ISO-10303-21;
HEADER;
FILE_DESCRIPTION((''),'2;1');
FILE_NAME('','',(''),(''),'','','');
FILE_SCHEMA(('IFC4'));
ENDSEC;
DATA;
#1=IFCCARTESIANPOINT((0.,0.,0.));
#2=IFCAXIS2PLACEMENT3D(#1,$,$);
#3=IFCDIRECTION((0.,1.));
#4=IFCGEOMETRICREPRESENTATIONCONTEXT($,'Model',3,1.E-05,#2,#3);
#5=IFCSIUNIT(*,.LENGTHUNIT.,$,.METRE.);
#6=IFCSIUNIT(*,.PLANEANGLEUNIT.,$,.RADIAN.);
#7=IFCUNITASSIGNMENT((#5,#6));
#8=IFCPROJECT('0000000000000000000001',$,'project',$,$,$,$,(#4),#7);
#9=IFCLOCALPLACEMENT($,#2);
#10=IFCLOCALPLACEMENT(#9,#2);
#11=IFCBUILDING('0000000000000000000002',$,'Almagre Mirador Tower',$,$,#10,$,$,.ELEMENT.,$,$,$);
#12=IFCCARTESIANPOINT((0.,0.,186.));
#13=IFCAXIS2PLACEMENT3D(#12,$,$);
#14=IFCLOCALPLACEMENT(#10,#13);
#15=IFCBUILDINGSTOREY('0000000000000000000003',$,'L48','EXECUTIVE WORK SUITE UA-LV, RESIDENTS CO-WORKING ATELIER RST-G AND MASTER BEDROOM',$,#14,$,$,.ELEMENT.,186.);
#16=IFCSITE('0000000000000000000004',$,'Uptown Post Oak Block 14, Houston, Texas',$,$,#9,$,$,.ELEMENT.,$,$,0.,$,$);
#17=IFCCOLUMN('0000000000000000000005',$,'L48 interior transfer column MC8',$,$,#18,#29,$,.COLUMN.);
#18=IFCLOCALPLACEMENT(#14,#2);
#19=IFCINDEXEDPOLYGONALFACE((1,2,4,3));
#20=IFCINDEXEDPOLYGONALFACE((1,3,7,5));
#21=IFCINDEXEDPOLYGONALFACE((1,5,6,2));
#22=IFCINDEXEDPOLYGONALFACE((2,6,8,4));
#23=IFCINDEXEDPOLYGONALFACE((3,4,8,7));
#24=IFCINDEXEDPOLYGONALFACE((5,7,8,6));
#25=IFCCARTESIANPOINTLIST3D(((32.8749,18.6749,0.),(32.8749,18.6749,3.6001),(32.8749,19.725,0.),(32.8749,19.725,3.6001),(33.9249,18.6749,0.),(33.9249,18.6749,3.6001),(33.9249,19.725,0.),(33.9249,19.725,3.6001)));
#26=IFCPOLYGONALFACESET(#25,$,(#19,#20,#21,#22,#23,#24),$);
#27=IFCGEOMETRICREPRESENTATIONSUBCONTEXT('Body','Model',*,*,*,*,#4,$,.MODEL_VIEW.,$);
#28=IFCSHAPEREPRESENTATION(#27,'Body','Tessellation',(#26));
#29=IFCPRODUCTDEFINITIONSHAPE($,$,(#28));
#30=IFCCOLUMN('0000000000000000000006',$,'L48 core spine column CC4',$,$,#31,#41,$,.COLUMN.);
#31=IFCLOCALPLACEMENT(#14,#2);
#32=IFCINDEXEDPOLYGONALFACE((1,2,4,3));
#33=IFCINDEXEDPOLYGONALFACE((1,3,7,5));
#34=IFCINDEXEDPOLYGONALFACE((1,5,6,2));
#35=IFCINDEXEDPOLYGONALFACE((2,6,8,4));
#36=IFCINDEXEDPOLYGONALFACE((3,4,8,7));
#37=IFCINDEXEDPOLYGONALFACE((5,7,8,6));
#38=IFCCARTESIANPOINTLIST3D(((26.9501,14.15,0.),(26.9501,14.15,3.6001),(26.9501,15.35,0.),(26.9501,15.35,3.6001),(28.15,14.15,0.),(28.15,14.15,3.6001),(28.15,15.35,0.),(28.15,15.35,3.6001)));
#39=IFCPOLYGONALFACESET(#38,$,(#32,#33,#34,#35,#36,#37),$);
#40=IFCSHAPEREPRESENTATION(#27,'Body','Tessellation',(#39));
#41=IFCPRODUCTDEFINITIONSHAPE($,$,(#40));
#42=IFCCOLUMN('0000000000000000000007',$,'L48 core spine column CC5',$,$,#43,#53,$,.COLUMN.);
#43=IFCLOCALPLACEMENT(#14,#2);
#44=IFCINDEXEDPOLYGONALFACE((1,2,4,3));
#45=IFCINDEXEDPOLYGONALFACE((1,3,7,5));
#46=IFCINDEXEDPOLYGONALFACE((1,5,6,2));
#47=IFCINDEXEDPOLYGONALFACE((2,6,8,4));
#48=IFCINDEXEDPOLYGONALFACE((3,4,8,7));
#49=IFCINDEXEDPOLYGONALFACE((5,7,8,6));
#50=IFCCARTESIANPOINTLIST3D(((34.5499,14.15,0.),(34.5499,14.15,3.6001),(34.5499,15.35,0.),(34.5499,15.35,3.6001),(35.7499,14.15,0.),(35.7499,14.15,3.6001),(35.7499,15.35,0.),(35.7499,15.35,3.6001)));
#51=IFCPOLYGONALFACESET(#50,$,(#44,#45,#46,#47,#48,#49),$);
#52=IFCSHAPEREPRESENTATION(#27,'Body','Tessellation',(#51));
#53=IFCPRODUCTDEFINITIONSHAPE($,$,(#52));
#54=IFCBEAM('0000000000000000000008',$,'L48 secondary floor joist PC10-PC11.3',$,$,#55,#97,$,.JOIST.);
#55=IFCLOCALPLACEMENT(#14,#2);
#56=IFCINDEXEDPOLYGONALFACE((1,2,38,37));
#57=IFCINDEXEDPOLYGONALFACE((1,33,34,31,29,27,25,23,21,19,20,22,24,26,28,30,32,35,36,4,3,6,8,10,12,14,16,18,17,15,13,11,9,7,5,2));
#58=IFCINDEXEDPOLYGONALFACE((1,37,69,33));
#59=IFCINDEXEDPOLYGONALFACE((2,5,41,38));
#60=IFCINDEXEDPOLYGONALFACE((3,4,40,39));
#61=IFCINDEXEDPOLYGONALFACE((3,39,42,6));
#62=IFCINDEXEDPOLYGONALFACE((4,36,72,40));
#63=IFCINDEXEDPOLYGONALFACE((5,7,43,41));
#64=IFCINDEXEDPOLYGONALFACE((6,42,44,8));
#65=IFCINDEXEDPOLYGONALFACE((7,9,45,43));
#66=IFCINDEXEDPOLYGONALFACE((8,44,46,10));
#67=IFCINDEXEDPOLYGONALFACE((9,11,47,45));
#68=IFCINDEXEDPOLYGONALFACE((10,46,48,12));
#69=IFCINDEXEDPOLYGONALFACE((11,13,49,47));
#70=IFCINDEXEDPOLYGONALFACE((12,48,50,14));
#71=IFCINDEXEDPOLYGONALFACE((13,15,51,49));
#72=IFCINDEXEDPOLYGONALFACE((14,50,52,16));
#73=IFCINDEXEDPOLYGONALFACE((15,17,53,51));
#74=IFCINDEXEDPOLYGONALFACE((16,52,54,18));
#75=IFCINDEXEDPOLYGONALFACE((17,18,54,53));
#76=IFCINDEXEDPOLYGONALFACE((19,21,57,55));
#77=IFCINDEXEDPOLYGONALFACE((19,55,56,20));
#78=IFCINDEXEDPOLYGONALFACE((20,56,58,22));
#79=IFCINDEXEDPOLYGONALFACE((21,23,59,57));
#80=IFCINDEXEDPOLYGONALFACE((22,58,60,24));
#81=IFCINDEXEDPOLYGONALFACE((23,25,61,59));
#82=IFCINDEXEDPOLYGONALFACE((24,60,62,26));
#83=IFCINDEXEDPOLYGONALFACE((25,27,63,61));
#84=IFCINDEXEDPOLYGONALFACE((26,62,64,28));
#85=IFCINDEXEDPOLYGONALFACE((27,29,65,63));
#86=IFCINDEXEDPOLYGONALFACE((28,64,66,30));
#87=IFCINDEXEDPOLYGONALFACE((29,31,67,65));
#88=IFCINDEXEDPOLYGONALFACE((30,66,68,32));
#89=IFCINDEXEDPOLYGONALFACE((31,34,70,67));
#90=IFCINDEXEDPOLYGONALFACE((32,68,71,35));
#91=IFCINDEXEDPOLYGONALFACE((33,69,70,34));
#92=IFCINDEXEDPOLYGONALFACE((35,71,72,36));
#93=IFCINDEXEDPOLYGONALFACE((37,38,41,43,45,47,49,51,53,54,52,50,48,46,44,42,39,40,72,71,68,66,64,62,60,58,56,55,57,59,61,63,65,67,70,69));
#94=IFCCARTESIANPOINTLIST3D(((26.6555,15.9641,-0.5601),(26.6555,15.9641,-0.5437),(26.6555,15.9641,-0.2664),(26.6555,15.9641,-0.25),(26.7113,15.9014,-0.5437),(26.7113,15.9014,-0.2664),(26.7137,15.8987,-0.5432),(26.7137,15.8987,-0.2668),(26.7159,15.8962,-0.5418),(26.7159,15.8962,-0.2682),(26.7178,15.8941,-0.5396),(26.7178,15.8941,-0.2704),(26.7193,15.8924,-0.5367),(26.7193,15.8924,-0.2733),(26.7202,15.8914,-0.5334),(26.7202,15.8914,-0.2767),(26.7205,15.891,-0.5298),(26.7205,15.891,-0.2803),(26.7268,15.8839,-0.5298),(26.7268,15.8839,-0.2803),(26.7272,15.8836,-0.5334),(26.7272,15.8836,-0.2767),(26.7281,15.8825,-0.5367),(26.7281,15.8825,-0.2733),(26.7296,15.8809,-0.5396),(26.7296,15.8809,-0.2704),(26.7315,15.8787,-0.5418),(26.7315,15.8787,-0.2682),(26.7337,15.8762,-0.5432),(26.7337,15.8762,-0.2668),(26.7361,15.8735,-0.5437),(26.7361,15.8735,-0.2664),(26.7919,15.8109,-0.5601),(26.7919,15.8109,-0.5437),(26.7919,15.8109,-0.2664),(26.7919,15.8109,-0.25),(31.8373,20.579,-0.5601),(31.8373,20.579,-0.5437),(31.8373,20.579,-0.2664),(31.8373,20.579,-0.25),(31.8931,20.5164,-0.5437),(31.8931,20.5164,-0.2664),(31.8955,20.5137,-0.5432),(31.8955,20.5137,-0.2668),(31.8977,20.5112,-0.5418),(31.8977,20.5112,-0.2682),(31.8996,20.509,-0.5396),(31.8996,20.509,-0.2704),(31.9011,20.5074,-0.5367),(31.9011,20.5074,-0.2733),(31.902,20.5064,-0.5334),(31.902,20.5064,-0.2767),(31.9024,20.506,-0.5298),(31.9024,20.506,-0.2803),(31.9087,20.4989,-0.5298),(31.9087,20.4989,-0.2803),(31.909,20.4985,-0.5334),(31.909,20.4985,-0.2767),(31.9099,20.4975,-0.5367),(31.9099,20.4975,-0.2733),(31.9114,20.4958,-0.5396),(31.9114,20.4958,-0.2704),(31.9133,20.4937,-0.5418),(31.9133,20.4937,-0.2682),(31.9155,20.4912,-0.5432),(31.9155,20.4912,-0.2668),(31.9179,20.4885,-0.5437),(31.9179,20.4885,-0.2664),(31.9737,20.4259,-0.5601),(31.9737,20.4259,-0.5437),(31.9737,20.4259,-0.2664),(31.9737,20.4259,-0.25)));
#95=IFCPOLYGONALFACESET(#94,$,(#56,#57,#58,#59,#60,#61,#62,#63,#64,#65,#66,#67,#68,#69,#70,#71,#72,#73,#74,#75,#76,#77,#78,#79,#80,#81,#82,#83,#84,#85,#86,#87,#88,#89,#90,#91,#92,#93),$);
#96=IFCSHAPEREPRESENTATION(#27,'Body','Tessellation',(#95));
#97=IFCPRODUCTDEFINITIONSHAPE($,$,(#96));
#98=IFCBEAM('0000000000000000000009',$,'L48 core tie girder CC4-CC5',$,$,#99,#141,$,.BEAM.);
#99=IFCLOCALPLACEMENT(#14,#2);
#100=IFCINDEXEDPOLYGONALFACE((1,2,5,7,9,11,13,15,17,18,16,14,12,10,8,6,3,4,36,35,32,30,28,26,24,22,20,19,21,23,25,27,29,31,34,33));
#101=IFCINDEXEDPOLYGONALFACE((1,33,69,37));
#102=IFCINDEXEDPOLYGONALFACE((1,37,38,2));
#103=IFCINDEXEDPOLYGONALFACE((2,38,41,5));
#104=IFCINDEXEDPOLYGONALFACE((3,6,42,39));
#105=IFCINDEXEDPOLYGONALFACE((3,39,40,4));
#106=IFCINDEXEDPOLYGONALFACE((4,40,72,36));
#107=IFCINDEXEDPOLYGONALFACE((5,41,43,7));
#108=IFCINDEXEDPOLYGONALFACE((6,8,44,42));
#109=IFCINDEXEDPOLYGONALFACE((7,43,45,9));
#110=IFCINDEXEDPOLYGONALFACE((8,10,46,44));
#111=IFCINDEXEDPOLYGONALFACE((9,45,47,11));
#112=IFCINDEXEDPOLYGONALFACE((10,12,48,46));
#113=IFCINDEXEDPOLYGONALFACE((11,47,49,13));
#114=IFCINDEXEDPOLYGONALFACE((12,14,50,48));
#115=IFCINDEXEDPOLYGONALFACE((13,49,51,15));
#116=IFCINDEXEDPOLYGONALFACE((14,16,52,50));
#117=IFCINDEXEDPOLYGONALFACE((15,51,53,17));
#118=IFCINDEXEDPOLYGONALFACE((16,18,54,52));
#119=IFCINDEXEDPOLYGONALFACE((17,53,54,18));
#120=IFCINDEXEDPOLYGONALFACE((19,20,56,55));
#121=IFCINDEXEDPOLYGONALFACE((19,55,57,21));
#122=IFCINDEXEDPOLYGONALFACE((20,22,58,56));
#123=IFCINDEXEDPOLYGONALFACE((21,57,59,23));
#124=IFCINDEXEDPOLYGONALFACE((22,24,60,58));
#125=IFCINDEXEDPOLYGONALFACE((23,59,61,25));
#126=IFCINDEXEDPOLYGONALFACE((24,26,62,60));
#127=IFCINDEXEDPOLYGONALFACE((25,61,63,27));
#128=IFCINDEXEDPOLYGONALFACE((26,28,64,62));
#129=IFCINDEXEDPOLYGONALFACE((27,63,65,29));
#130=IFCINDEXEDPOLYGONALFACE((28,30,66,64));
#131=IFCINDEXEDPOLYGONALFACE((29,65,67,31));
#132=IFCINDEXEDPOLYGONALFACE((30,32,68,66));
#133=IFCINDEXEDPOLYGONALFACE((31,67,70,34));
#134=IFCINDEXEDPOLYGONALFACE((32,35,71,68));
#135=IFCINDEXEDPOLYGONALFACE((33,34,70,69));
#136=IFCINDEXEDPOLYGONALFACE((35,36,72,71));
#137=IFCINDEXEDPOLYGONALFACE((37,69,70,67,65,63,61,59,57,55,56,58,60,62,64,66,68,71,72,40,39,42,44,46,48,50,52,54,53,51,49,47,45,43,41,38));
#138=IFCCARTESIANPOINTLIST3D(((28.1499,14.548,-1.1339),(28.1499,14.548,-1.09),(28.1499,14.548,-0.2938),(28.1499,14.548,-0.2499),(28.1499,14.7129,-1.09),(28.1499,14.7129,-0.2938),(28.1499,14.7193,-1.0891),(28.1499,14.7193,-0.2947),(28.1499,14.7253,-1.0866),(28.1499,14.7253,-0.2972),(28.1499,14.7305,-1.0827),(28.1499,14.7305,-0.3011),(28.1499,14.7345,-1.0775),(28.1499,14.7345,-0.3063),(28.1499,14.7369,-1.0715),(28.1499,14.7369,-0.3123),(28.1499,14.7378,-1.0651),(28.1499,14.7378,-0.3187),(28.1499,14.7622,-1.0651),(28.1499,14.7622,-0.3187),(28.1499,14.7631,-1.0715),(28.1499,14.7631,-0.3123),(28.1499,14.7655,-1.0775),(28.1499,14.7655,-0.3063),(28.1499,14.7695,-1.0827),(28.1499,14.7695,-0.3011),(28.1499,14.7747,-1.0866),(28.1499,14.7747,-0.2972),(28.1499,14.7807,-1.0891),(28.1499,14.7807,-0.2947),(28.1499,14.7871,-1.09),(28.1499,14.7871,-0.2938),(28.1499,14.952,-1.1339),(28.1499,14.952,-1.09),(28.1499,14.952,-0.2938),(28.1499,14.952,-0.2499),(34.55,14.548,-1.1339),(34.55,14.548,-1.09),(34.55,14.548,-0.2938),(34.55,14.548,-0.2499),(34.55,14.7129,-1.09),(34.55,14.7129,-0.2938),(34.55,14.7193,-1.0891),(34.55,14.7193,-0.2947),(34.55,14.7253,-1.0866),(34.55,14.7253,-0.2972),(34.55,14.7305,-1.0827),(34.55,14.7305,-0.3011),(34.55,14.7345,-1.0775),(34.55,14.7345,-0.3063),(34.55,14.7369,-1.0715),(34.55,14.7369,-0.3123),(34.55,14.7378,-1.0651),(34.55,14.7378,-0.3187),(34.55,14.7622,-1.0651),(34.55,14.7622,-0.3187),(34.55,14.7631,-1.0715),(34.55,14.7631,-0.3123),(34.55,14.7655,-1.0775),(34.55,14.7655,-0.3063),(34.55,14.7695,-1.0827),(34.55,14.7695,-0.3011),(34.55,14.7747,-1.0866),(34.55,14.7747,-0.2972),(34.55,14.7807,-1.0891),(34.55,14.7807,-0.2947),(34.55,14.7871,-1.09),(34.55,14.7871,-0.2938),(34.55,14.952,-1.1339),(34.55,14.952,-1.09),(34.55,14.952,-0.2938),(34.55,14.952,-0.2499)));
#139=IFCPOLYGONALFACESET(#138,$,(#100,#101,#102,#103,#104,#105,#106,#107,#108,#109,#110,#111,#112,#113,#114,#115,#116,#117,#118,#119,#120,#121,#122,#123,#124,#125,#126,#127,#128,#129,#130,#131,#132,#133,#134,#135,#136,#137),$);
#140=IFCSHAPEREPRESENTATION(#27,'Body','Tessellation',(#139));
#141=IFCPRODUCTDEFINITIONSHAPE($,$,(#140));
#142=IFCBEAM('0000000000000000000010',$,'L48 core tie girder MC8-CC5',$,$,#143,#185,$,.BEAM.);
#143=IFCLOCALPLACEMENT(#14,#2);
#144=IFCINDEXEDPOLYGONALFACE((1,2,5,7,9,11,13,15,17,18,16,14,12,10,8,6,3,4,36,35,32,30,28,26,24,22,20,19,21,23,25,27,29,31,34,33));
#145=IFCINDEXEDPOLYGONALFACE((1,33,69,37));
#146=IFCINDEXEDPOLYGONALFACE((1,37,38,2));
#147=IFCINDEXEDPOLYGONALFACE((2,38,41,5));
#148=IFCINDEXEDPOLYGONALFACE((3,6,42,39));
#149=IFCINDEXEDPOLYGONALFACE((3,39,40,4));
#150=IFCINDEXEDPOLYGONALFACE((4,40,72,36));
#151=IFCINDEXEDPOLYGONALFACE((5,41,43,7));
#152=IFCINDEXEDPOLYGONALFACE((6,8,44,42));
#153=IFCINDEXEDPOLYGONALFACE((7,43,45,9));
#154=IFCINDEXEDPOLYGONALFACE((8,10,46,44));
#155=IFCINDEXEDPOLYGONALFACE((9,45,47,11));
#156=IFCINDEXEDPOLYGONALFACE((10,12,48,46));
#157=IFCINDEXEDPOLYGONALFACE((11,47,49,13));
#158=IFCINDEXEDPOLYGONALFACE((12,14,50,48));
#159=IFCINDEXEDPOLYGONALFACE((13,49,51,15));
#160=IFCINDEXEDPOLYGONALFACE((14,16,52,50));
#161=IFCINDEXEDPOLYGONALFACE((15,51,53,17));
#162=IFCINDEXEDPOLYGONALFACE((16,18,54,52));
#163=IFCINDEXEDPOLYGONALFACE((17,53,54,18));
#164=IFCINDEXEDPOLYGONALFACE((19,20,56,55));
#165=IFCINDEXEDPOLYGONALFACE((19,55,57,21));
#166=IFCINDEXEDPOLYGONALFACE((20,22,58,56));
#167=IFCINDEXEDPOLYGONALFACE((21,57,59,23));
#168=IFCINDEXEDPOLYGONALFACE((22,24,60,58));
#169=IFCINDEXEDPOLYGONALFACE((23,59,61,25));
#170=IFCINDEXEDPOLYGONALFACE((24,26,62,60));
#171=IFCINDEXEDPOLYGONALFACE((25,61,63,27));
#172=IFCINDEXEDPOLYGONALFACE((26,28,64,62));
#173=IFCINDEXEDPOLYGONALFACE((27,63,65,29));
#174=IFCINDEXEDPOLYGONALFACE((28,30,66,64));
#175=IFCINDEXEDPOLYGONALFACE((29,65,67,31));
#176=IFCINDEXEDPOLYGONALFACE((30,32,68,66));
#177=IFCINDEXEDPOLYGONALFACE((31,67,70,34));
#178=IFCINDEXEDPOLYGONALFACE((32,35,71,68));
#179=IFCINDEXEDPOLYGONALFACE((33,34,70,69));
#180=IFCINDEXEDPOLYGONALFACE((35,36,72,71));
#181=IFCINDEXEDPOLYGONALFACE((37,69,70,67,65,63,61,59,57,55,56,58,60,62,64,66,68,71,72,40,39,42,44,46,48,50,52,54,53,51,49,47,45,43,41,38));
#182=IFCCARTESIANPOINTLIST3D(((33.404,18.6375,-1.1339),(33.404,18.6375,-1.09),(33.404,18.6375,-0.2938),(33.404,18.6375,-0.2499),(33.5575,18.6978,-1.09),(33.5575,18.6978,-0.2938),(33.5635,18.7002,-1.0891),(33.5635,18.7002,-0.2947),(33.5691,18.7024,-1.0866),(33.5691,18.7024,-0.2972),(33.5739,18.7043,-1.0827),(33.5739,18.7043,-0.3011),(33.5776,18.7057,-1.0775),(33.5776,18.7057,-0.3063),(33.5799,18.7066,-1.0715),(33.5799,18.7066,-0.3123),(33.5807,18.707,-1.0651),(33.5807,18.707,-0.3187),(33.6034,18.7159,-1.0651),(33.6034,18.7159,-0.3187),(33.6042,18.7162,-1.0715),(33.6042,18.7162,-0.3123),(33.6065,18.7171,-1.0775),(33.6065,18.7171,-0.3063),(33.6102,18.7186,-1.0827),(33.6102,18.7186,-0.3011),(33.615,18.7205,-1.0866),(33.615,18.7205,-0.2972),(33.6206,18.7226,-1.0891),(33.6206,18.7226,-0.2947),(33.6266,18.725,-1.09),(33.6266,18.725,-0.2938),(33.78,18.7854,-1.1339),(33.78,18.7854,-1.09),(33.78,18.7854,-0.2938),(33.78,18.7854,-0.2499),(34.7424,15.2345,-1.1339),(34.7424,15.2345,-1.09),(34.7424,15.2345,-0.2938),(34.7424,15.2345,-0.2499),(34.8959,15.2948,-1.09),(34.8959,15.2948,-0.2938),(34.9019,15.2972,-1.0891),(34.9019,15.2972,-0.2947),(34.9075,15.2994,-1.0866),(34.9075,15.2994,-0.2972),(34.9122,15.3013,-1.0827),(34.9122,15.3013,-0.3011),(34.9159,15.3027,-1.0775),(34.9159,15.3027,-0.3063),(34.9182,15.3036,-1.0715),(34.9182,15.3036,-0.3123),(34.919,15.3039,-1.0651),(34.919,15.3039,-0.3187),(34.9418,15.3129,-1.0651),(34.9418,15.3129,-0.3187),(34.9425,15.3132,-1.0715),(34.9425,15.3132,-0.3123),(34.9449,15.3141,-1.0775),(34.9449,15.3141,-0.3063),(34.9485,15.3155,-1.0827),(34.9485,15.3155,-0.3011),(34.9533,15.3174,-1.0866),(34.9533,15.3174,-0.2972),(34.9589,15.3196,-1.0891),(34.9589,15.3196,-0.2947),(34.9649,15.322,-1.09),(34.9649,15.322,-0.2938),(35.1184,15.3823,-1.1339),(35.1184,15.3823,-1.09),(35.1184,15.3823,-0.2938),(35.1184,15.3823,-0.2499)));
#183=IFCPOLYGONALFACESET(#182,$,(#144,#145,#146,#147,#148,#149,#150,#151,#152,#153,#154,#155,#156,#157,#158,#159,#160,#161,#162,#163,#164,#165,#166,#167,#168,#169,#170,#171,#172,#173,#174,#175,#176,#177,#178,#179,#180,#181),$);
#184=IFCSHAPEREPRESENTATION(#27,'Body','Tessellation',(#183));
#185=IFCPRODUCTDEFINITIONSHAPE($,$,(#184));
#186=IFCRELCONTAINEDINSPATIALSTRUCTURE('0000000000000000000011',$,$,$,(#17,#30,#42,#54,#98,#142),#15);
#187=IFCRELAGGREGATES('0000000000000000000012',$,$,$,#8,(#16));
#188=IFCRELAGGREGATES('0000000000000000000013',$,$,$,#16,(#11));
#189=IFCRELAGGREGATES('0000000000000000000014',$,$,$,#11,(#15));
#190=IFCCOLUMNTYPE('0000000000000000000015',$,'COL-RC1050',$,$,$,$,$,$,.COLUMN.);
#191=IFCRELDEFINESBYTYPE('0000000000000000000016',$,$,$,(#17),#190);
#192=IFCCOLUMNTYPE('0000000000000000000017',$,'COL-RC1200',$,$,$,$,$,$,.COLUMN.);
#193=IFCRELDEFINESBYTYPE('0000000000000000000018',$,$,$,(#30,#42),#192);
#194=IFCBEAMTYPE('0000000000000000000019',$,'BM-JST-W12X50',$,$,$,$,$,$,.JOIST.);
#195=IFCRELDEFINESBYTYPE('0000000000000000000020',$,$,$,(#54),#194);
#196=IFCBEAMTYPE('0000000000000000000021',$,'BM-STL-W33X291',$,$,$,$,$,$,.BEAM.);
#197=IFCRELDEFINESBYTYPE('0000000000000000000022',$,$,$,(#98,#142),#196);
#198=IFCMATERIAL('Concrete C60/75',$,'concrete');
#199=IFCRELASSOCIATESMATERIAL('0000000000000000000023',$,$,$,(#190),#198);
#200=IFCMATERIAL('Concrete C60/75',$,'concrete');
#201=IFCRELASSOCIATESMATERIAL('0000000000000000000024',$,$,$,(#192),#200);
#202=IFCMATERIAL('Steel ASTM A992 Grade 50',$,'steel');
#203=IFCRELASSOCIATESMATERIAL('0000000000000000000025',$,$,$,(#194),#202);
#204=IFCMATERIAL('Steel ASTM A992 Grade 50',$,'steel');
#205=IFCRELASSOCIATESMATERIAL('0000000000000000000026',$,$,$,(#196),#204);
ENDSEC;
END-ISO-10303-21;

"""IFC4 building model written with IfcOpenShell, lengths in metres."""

from ifc_helpers import new_model, si_unit, direction, frame, origin, origin_2d, place, context, subcontext, project, spatial, rectangle, i_section, extrude, material, material_profile, profile_set, type_object, element, save


model = new_model("IFC4")

# Units and contexts
model_context = context("Model", 3, precision=1e-05, world=origin(), true_north=direction((0.0, 1.0)))
body_context = subcontext(model_context, "Body", "Model", "MODEL_VIEW")
ifc_project = project(units=[si_unit("LENGTHUNIT", "METRE"), si_unit("PLANEANGLEUNIT", "RADIAN")], contexts=[model_context])

# Site, building, storey
site_placement = place(None, origin())
site = spatial("IfcSite", under=ifc_project, at=site_placement, Name="Uptown Post Oak Block 14, Houston, Texas", CompositionType="ELEMENT", RefElevation=0.0)
building_placement = place(site_placement, origin())
building = spatial("IfcBuilding", under=site, at=building_placement, Name="Almagre Mirador Tower", CompositionType="ELEMENT")
storey_placement = place(building_placement, frame((0.0, 0.0, 186.0)))
storey = spatial("IfcBuildingStorey", under=building, at=storey_placement, Name="L48", Description="EXECUTIVE WORK SUITE UA-LV, RESIDENTS CO-WORKING ATELIER RST-G AND MASTER BEDROOM", CompositionType="ELEMENT", Elevation=186.0)

# Columns
ifc_material_1 = material(Name="Concrete C60/75", Category="concrete")
ifc_material_profile_1 = material_profile(ifc_material_1, rectangle(XDim=1.05, YDim=1.05, at=origin_2d()), Name="RC1050X1050")
ifc_profile_set_1 = profile_set([ifc_material_profile_1], Name="Concrete C60/75")
column_type_1 = type_object("IfcColumnType", Name="COL-RC1050", PredefinedType="COLUMN", material=ifc_profile_set_1)
column_placement = place(storey_placement, frame((33.3999, 19.2, 0.0), z_axis=(0.0, 0.0, 1.0), x_axis=(1.0, 0.0, 0.0)))
element("IfcColumn", 1, at=column_placement, inside=storey, type_object=column_type_1, Name="L48 interior transfer column MC8", PredefinedType="COLUMN", context=body_context, shape_type="SweptSolid", body=[
    extrude(rectangle(XDim=1.05, YDim=1.05, at=origin_2d()), origin(), (0.0, 0.0, 1.0), 3.6001),
])
ifc_material_2 = material(Name="Concrete C60/75", Category="concrete")
ifc_material_profile_2 = material_profile(ifc_material_2, rectangle(XDim=1.2, YDim=1.2, at=origin_2d()), Name="RC1200X1200")
ifc_profile_set_2 = profile_set([ifc_material_profile_2], Name="Concrete C60/75")
column_type_2 = type_object("IfcColumnType", Name="COL-RC1200", PredefinedType="COLUMN", material=ifc_profile_set_2)
for number, where, z_axis, x_axis, name in (
    (2, (27.55, 14.75, 0.0), (0.0, 0.0, 1.0), (1.0, 0.0, 0.0), "L48 core spine column CC4"),
    (3, (35.1499, 14.75, 0.0), (0.0, 0.0, 1.0), (1.0, 0.0, 0.0), "L48 core spine column CC5"),
):
    element("IfcColumn", number, at=place(storey_placement, frame(where, z_axis=z_axis, x_axis=x_axis)), inside=storey, type_object=column_type_2, Name=name, PredefinedType="COLUMN", context=body_context, shape_type="SweptSolid", body=[
        extrude(rectangle(XDim=1.2, YDim=1.2, at=origin_2d()), origin(), (0.0, 0.0, 1.0), 3.6001),
    ])

# Beams
ifc_material_3 = material(Name="Steel ASTM A992 Grade 50", Category="steel")
ifc_material_profile_3 = material_profile(ifc_material_3, i_section(OverallWidth=0.2051, OverallDepth=0.3101, WebThickness=0.0095, FlangeThickness=0.0164, FilletRadius=0.0139, at=origin_2d()), Name="W12X50")
ifc_profile_set_3 = profile_set([ifc_material_profile_3], Name="Steel ASTM A992 Grade 50")
beam_type_1 = type_object("IfcBeamType", Name="BM-JST-W12X50", PredefinedType="JOIST", material=ifc_profile_set_3)
beam_1_placement = place(storey_placement, frame((31.9055, 20.5024, -0.405), z_axis=(-0.746774, -0.665078, 0.0), x_axis=(0.665078, -0.746774, 0.0)))
element("IfcBeam", 4, at=beam_1_placement, inside=storey, type_object=beam_type_1, Name="L48 secondary floor joist PC10-PC11.3", PredefinedType="JOIST", context=body_context, shape_type="SweptSolid", body=[
    extrude(i_section(OverallWidth=0.2051, OverallDepth=0.3101, WebThickness=0.0095, FlangeThickness=0.0164, FilletRadius=0.0139, at=origin_2d()), origin(), (0.0, 0.0, 1.0), 6.939),
])
ifc_material_4 = material(Name="Steel ASTM A992 Grade 50", Category="steel")
ifc_material_profile_4 = material_profile(ifc_material_4, i_section(OverallWidth=0.4041, OverallDepth=0.884, WebThickness=0.0244, FlangeThickness=0.0439, FilletRadius=0.0249, at=origin_2d()), Name="W33X291")
ifc_profile_set_4 = profile_set([ifc_material_profile_4], Name="Steel ASTM A992 Grade 50")
beam_type_2 = type_object("IfcBeamType", Name="BM-STL-W33X291", PredefinedType="BEAM", material=ifc_profile_set_4)
beam_2_placement = place(storey_placement, frame((28.1499, 14.75, -0.6919), z_axis=(1.0, 0.0, 0.0), x_axis=(0.0, 1.0, 0.0)))
element("IfcBeam", 5, at=beam_2_placement, inside=storey, type_object=beam_type_2, Name="L48 core tie girder CC4-CC5", PredefinedType="BEAM", context=body_context, shape_type="SweptSolid", body=[
    extrude(i_section(OverallWidth=0.4041, OverallDepth=0.884, WebThickness=0.0244, FlangeThickness=0.0439, FilletRadius=0.0249, at=origin_2d()), origin(), (0.0, 0.0, 1.0), 6.4001),
])
beam_3_placement = place(storey_placement, frame((33.592, 18.7114, -0.6919), z_axis=(0.365997, -0.930616, 0.0), x_axis=(0.930616, 0.365997, 0.0)))
element("IfcBeam", 6, at=beam_3_placement, inside=storey, type_object=beam_type_2, Name="L48 core tie girder MC8-CC5", PredefinedType="BEAM", context=body_context, shape_type="SweptSolid", body=[
    extrude(i_section(OverallWidth=0.4041, OverallDepth=0.884, WebThickness=0.0244, FlangeThickness=0.0439, FilletRadius=0.0249, at=origin_2d()), origin(), (0.0, 0.0, 1.0), 3.6567),
])

save(model, "model.ifc")
